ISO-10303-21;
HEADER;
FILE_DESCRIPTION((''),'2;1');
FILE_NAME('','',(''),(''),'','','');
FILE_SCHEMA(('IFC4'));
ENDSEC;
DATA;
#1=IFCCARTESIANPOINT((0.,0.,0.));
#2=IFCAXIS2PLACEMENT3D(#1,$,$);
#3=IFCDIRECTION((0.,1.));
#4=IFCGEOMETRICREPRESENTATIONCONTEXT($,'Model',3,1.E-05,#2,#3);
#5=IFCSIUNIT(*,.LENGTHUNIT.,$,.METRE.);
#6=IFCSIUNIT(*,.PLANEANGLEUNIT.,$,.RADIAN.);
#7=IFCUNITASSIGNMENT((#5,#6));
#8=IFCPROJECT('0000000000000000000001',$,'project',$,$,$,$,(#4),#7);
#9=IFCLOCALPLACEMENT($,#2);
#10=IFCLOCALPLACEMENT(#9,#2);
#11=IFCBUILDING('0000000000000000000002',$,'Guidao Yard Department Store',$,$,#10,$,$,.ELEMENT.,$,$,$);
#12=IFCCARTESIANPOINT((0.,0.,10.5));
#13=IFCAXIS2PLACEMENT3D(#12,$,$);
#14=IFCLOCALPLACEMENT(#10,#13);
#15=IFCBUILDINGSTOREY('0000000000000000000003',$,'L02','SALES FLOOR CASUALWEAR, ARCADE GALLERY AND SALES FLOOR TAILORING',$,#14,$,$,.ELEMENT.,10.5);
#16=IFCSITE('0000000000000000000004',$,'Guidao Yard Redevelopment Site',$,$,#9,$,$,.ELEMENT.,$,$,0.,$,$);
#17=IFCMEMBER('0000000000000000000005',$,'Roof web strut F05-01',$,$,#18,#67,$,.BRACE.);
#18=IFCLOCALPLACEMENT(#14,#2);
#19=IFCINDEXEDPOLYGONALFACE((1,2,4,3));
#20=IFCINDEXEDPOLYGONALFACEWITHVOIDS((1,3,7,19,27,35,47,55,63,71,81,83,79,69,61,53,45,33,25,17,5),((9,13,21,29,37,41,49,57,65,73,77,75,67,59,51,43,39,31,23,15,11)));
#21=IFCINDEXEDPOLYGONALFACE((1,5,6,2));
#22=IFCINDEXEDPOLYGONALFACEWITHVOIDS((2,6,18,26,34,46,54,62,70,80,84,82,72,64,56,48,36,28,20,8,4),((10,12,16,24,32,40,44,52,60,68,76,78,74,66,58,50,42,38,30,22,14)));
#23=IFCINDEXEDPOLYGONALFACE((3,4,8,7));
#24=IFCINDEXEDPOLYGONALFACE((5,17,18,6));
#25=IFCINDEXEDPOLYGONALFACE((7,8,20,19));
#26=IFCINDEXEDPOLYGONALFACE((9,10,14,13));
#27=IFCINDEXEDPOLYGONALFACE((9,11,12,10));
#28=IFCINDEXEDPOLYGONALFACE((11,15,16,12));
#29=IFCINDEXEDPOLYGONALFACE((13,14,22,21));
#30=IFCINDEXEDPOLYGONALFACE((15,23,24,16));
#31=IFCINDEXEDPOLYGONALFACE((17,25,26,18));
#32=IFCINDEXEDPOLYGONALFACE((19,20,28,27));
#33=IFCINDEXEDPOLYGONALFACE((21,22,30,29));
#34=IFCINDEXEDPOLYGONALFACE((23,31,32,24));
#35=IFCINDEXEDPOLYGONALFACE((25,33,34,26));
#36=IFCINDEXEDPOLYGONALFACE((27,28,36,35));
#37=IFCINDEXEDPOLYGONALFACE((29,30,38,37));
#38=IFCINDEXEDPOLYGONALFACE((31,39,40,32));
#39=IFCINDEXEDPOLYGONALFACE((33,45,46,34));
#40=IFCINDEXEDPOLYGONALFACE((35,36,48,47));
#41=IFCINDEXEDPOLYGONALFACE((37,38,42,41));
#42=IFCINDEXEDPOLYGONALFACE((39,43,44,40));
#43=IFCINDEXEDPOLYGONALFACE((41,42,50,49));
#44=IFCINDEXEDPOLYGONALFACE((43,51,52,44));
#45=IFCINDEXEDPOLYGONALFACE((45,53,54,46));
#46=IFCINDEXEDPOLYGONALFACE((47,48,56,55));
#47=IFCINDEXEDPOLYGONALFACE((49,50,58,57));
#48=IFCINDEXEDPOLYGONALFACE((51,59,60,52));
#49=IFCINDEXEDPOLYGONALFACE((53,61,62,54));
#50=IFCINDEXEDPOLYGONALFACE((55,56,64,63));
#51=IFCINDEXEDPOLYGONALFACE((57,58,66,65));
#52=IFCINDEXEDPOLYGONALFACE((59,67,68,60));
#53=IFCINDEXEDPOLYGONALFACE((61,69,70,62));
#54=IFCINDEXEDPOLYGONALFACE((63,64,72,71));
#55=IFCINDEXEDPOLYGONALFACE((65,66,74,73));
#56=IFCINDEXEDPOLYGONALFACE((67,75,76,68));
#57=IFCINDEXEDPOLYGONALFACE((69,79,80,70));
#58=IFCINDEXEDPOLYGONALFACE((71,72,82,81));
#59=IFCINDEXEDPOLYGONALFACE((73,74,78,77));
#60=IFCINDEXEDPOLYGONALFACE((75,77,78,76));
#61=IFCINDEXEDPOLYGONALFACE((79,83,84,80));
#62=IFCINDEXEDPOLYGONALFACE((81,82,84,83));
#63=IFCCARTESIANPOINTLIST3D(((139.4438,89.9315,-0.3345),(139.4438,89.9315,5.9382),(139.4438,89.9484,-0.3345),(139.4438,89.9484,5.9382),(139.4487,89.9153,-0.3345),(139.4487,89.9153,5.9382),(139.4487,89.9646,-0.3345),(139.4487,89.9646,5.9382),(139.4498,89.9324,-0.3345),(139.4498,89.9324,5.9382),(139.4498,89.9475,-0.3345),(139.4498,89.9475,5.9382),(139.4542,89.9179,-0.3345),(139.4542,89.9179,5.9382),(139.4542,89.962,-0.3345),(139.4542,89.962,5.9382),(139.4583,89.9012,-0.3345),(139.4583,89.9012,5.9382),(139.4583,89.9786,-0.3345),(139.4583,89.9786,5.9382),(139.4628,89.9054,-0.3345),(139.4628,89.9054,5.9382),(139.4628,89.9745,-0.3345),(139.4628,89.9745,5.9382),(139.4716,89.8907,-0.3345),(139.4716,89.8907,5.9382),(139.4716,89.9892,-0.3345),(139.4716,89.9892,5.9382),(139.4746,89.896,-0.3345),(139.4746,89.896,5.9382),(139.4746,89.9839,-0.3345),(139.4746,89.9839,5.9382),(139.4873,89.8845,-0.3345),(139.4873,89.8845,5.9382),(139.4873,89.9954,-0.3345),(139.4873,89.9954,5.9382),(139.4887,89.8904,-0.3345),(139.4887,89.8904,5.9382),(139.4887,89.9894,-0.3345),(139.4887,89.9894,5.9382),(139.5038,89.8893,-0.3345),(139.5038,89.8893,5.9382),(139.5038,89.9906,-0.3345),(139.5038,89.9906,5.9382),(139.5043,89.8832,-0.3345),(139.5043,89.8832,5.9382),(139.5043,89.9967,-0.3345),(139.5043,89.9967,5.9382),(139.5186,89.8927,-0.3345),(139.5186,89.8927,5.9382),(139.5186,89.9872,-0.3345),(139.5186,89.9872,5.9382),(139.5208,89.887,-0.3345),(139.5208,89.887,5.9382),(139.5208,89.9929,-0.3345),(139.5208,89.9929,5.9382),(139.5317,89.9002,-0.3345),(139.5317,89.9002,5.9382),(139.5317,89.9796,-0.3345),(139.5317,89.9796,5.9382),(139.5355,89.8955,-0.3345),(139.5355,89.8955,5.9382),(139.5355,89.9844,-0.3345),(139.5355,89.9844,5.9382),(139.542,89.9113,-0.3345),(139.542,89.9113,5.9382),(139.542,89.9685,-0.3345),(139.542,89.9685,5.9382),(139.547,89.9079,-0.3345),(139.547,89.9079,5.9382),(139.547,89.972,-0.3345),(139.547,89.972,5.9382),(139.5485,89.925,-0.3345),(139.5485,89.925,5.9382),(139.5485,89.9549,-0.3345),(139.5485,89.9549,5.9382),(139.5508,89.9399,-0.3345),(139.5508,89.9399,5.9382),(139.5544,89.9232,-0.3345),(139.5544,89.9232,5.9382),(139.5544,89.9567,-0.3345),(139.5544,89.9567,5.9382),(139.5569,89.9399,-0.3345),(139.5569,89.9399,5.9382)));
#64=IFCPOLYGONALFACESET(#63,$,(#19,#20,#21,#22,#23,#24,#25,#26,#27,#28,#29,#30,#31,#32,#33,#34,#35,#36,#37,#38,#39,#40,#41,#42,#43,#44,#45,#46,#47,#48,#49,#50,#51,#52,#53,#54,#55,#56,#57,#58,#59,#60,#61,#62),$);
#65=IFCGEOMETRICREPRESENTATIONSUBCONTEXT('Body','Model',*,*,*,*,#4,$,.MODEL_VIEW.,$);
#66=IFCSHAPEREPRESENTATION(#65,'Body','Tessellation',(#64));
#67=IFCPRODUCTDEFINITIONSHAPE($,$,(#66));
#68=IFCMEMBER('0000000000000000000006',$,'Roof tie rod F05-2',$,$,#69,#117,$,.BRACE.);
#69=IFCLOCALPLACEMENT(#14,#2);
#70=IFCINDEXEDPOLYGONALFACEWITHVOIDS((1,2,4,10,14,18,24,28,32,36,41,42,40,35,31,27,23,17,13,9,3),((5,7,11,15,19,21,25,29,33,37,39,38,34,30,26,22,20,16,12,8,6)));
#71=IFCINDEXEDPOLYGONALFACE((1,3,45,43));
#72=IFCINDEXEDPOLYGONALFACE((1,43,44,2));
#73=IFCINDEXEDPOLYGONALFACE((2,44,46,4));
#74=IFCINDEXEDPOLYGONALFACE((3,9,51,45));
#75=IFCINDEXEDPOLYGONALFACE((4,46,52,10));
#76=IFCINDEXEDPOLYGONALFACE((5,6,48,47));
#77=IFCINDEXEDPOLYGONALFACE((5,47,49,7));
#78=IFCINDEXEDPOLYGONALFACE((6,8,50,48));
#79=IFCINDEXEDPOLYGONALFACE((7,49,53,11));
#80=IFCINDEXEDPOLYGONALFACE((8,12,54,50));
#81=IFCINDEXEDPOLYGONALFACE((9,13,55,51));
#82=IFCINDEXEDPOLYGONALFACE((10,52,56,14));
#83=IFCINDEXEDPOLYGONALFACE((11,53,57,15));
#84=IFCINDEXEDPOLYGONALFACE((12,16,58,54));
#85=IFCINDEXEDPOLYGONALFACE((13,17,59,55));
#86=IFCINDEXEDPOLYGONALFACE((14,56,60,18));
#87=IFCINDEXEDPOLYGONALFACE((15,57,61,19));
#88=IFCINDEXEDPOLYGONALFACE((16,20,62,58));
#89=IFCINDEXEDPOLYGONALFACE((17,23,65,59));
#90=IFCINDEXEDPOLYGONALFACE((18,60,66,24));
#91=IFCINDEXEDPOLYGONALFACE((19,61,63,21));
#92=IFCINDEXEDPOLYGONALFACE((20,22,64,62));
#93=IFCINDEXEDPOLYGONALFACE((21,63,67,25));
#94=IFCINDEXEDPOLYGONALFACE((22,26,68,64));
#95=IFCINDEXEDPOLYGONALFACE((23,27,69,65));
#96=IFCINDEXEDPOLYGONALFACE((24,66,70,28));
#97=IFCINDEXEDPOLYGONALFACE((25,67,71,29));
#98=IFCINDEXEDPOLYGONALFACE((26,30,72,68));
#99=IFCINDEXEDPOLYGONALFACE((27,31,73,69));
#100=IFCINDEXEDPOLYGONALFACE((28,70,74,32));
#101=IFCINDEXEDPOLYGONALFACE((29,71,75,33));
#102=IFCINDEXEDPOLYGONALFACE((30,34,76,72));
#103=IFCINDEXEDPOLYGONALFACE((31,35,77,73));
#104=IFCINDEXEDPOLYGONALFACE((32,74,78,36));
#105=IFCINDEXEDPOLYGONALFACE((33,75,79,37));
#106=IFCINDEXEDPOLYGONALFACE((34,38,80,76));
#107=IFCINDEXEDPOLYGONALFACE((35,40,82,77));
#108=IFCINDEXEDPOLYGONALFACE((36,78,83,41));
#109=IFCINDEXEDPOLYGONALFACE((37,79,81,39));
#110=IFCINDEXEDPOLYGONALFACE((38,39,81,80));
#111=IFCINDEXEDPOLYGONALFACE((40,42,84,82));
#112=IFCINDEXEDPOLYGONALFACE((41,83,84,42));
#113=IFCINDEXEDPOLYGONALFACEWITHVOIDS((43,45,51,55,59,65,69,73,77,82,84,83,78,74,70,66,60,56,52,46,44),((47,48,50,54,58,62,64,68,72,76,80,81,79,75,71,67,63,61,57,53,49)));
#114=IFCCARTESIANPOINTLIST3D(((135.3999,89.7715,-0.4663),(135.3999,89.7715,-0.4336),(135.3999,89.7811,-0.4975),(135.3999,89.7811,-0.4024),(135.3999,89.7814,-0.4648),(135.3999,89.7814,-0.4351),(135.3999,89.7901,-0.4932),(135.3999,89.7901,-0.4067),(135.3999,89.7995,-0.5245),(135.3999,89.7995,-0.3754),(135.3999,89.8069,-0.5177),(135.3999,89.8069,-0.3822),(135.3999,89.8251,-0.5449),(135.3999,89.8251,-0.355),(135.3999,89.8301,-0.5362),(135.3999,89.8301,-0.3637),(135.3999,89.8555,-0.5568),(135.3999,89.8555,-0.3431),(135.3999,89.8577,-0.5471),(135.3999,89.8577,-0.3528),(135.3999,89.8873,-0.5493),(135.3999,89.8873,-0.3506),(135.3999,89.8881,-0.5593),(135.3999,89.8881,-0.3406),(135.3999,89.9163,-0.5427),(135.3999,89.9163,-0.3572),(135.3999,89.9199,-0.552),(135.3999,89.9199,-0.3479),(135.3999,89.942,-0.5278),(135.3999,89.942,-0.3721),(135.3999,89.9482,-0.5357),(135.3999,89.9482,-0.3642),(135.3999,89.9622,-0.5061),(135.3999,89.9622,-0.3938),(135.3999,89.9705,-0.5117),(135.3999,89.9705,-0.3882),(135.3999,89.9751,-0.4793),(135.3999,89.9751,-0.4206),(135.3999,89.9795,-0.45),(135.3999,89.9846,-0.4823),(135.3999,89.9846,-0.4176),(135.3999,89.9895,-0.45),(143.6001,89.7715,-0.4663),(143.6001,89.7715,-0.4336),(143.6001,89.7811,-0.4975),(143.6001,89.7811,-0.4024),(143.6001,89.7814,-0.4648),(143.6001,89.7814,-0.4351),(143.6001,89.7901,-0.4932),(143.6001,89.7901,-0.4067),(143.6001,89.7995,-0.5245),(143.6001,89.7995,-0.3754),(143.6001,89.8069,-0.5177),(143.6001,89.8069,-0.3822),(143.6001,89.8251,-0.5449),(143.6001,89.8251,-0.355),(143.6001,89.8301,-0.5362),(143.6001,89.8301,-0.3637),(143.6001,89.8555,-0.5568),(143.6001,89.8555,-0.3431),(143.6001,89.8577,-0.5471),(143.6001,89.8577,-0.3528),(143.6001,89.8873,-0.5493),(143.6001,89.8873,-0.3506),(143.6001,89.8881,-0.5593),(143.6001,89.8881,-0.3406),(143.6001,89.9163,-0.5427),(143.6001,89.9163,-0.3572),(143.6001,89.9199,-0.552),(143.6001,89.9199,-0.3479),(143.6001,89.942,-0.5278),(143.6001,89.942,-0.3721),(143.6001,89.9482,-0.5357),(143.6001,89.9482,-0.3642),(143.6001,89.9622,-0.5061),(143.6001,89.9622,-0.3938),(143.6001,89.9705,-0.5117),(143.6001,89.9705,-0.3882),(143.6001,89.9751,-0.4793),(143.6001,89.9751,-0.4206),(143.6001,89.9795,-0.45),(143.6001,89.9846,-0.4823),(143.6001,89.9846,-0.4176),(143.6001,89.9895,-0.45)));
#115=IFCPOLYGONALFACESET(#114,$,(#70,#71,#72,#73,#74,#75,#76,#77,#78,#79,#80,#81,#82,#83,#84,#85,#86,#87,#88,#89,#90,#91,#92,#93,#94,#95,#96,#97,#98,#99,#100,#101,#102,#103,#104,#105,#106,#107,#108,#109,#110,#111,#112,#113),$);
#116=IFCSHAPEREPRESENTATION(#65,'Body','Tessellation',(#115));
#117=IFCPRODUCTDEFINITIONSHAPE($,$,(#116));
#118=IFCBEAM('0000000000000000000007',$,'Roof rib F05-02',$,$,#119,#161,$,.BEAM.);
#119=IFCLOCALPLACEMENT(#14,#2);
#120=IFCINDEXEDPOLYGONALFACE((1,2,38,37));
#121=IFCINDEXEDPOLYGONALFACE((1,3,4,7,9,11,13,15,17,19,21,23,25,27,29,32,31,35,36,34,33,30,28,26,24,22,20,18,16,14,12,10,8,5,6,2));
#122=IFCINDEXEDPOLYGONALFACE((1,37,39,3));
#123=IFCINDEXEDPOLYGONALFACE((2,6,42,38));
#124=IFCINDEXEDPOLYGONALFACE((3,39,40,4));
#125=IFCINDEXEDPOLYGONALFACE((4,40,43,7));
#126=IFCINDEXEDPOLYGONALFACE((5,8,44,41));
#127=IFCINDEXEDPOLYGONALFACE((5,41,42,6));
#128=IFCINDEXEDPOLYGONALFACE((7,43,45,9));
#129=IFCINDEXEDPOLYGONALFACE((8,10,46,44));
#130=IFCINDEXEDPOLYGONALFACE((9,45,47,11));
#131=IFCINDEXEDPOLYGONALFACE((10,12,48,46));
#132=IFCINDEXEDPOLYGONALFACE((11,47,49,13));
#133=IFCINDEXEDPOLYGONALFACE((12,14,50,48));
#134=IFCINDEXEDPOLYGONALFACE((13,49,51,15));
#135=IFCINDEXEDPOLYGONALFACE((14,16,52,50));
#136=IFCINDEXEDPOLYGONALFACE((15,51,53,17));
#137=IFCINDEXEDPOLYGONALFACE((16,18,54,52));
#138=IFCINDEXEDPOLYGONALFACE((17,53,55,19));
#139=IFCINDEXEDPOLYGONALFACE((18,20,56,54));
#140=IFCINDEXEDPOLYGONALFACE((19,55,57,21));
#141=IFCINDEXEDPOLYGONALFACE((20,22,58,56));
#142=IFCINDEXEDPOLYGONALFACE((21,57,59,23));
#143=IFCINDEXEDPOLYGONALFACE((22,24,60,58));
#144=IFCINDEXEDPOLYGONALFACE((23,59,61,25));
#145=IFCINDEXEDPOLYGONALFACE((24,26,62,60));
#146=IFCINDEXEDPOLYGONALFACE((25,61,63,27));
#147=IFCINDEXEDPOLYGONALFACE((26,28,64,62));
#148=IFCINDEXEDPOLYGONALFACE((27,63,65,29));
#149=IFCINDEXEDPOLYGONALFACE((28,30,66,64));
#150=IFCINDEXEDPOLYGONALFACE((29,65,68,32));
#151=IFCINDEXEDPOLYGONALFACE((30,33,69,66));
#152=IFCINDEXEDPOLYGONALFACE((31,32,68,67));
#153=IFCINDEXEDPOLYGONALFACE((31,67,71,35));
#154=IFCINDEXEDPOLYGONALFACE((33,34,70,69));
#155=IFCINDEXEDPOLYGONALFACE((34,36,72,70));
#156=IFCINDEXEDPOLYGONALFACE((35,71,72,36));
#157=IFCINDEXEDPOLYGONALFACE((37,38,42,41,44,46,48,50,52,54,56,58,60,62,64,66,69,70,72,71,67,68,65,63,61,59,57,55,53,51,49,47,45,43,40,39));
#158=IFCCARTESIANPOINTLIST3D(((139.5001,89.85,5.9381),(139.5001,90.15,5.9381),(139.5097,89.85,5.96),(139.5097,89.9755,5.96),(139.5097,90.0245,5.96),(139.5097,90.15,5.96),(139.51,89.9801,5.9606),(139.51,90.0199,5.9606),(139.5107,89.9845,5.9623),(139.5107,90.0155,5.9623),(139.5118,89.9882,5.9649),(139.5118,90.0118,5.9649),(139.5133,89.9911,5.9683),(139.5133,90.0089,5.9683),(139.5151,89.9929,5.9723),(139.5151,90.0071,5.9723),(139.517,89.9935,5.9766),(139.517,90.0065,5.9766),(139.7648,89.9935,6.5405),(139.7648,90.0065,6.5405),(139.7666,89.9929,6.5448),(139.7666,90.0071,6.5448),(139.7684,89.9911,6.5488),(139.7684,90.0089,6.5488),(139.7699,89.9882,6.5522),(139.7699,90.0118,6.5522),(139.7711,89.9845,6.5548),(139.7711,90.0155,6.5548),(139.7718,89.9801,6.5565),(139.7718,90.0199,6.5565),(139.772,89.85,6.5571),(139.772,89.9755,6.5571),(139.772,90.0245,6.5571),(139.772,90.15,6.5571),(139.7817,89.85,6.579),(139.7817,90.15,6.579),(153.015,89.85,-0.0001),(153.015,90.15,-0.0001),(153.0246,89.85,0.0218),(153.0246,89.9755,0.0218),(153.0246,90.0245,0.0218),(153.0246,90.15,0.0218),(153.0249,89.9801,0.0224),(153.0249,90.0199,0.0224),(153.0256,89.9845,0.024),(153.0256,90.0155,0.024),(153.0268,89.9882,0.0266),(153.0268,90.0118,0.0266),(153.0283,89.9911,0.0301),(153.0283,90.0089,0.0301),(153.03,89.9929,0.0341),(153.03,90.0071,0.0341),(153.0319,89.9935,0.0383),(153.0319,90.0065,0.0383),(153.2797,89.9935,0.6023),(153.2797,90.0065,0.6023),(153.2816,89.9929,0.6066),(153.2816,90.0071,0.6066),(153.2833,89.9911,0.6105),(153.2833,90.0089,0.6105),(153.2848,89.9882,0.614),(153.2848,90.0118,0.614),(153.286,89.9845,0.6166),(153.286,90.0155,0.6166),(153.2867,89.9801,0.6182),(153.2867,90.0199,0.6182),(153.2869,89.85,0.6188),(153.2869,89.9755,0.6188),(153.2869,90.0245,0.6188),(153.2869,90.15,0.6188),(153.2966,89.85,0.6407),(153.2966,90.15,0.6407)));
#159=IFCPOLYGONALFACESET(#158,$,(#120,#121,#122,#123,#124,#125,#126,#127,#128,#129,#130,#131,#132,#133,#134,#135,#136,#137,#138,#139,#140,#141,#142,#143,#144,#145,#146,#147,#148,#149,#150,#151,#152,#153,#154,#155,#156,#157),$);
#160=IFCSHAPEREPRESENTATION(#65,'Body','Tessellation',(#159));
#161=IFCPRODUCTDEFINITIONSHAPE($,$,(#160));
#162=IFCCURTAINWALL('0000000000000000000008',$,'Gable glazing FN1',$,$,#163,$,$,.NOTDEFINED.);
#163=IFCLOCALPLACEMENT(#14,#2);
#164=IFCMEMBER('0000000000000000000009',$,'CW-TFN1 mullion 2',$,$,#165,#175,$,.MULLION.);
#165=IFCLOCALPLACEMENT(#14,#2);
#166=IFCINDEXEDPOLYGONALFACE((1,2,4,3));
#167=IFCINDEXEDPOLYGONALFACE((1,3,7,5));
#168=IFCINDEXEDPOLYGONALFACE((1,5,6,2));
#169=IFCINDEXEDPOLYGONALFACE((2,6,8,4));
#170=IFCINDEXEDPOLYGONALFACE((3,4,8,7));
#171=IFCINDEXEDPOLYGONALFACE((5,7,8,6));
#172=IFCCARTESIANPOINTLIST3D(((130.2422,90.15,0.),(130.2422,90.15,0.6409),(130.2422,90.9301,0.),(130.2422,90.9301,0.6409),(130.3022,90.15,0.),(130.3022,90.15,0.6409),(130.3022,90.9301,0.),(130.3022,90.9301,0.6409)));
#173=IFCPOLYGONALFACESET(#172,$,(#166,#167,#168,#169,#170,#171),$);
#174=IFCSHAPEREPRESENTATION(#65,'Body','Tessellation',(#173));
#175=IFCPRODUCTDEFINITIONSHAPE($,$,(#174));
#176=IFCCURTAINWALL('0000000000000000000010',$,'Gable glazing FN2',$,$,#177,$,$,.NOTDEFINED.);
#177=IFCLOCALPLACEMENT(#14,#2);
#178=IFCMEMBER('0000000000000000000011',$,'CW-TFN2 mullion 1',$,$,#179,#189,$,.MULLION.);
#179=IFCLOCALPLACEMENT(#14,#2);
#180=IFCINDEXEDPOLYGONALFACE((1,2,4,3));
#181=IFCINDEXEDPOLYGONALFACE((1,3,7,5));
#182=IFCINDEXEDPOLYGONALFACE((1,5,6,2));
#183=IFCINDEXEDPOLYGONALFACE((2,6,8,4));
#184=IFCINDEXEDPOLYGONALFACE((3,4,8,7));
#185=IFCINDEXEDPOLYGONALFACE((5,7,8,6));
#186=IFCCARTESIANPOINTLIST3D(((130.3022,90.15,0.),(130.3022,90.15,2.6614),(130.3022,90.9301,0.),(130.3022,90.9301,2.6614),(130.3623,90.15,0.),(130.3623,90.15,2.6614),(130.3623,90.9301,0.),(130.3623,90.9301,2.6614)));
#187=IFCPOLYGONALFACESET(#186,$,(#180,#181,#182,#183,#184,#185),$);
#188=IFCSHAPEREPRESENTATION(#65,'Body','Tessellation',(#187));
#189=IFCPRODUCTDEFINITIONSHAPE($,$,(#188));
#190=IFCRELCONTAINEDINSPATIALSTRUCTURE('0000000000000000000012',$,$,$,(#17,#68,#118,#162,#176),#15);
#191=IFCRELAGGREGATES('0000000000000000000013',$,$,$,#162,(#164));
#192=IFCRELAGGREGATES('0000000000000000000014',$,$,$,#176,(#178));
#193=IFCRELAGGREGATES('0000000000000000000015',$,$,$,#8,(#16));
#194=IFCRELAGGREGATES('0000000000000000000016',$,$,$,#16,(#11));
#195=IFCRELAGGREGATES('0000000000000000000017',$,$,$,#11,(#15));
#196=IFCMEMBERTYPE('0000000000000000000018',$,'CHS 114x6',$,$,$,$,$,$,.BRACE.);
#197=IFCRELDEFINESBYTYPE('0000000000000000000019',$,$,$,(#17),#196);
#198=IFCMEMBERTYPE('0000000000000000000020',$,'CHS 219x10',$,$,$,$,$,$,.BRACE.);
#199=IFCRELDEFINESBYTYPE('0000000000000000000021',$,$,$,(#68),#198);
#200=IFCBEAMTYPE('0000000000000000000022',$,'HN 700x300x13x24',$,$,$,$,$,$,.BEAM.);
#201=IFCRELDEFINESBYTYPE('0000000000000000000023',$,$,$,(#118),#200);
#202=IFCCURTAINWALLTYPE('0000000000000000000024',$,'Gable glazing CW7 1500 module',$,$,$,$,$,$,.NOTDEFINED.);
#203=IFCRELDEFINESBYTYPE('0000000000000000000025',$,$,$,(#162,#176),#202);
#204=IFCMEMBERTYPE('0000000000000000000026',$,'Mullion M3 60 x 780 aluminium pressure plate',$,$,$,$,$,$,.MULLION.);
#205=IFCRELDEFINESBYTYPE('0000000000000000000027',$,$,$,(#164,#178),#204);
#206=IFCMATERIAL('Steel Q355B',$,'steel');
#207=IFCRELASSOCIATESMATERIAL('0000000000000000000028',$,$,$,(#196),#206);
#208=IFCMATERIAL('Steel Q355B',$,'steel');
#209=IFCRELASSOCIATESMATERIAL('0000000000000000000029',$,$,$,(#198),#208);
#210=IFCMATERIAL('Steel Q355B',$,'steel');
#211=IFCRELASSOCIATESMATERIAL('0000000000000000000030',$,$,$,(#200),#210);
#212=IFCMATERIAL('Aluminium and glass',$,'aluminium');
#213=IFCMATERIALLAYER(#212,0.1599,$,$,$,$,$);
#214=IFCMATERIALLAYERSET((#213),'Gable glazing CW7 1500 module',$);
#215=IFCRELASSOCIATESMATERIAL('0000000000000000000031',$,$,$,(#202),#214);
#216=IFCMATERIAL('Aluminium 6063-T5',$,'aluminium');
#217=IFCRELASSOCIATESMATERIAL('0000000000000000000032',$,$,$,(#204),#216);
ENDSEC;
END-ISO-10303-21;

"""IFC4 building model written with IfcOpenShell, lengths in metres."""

from ifc_helpers import new_model, si_unit, direction, frame, origin, origin_2d, place, context, subcontext, project, spatial, rectangle, hollow_circle, i_section, extrude, material, layer, layer_set, material_profile, profile_set, type_object, element, aggregate, save


model = new_model("IFC4")

# Units and contexts
model_context = context("Model", 3, precision=1e-05, world=origin(), true_north=direction((0.0, 1.0)))
body_context = subcontext(model_context, "Body", "Model", "MODEL_VIEW")
ifc_project = project(units=[si_unit("LENGTHUNIT", "METRE"), si_unit("PLANEANGLEUNIT", "RADIAN")], contexts=[model_context])

# Site, building, storey
site_placement = place(None, origin())
site = spatial("IfcSite", under=ifc_project, at=site_placement, Name="Guidao Yard Redevelopment Site", CompositionType="ELEMENT", RefElevation=0.0)
building_placement = place(site_placement, origin())
building = spatial("IfcBuilding", under=site, at=building_placement, Name="Guidao Yard Department Store", CompositionType="ELEMENT")
storey_placement = place(building_placement, frame((0.0, 0.0, 10.5)))
storey = spatial("IfcBuildingStorey", under=building, at=storey_placement, Name="L02", Description="SALES FLOOR CASUALWEAR, ARCADE GALLERY AND SALES FLOOR TAILORING", CompositionType="ELEMENT", Elevation=10.5)

# Members
ifc_material_1 = material(Name="Steel Q355B", Category="steel")
ifc_material_profile_1 = material_profile(ifc_material_1, hollow_circle(Radius=0.0569, WallThickness=0.0061, at=origin_2d()), Name="CHS 114x6")
ifc_profile_set_1 = profile_set([ifc_material_profile_1], Name="Steel Q355B")
member_type_1 = type_object("IfcMemberType", Name="CHS 114x6", PredefinedType="BRACE", material=ifc_profile_set_1)
member_1_placement = place(storey_placement, frame((139.5, 89.9399, -0.3345), z_axis=(0.0, 0.0, 1.0), x_axis=(1.0, 0.0, 0.0)))
element("IfcMember", 1, at=member_1_placement, inside=storey, type_object=member_type_1, Name="Roof web strut F05-01", PredefinedType="BRACE", context=body_context, shape_type="SweptSolid", body=[
    extrude(hollow_circle(Radius=0.0569, WallThickness=0.0061, at=origin_2d()), origin(), (0.0, 0.0, 1.0), 6.2727),
])
ifc_material_2 = material(Name="Steel Q355B", Category="steel")
ifc_material_profile_2 = material_profile(ifc_material_2, hollow_circle(Radius=0.1096, WallThickness=0.01, at=origin_2d()), Name="CHS 219x10")
ifc_profile_set_2 = profile_set([ifc_material_profile_2], Name="Steel Q355B")
member_type_2 = type_object("IfcMemberType", Name="CHS 219x10", PredefinedType="BRACE", material=ifc_profile_set_2)
member_2_placement = place(storey_placement, frame((135.3999, 89.8799, -0.45), z_axis=(1.0, 0.0, 0.0), x_axis=(0.0, 1.0, 0.0)))
element("IfcMember", 2, at=member_2_placement, inside=storey, type_object=member_type_2, Name="Roof tie rod F05-2", PredefinedType="BRACE", context=body_context, shape_type="SweptSolid", body=[
    extrude(hollow_circle(Radius=0.1096, WallThickness=0.01, at=origin_2d()), origin(), (0.0, 0.0, 1.0), 8.2002),
])

# Beam
ifc_material_3 = material(Name="Steel Q355B", Category="steel")
ifc_material_profile_3 = material_profile(ifc_material_3, i_section(OverallWidth=0.3, OverallDepth=0.7, WebThickness=0.0129, FlangeThickness=0.0239, FilletRadius=0.0181, at=origin_2d()), Name="HN 700x300x13x24")
ifc_profile_set_3 = profile_set([ifc_material_profile_3], Name="Steel Q355B")
beam_type_1 = type_object("IfcBeamType", Name="HN 700x300x13x24", PredefinedType="BEAM", material=ifc_profile_set_3)
beam_1_placement = place(storey_placement, frame((139.6409, 90.0, 6.2585), z_axis=(0.915523, 0.0, -0.402266), x_axis=(0.0, 1.0, 0.0)))
element("IfcBeam", 3, at=beam_1_placement, inside=storey, type_object=beam_type_1, Name="Roof rib F05-02", PredefinedType="BEAM", context=body_context, shape_type="SweptSolid", body=[
    extrude(i_section(OverallWidth=0.3, OverallDepth=0.7, WebThickness=0.0129, FlangeThickness=0.0239, FilletRadius=0.0181, at=origin_2d()), origin(), (0.0, 0.0, 1.0), 14.762),
])

# Curtain wall, member
ifc_material_4 = material(Name="Aluminium and glass", Category="aluminium")
ifc_layer_1 = layer(ifc_material_4, 0.1599)
ifc_layer_set_1 = layer_set([ifc_layer_1], Name="Gable glazing CW7 1500 module")
curtain_wall_type = type_object("IfcCurtainWallType", Name="Gable glazing CW7 1500 module", PredefinedType="NOTDEFINED", material=ifc_layer_set_1)
curtain_wall_1_placement = place(storey_placement, origin())
curtain_wall_1 = element("IfcCurtainWall", 4, at=curtain_wall_1_placement, inside=storey, type_object=curtain_wall_type, Name="Gable glazing FN1", PredefinedType="NOTDEFINED")
ifc_material_5 = material(Name="Aluminium 6063-T5", Category="aluminium")
ifc_material_profile_4 = material_profile(ifc_material_5, rectangle(XDim=0.0601, YDim=0.78, at=origin_2d()), Name="Mullion M3 60 x 780 aluminium pressure plate")
ifc_profile_set_4 = profile_set([ifc_material_profile_4], Name="Aluminium 6063-T5")
member_type_3 = type_object("IfcMemberType", Name="Mullion M3 60 x 780 aluminium pressure plate", PredefinedType="MULLION", material=ifc_profile_set_4)
member_3_placement = place(storey_placement, frame((130.2722, 90.54, 0.0), z_axis=(0.0, 0.0, 1.0), x_axis=(1.0, 0.0, 0.0)))
member_3 = element("IfcMember", 5, at=member_3_placement, type_object=member_type_3, Name="CW-TFN1 mullion 2", PredefinedType="MULLION", context=body_context, shape_type="SweptSolid", body=[
    extrude(rectangle(XDim=0.0601, YDim=0.78, at=origin_2d()), origin(), (0.0, 0.0, 1.0), 0.6409),
])
aggregate(curtain_wall_1, [member_3])

# Curtain wall, member
curtain_wall_2_placement = place(storey_placement, origin())
curtain_wall_2 = element("IfcCurtainWall", 6, at=curtain_wall_2_placement, inside=storey, type_object=curtain_wall_type, Name="Gable glazing FN2", PredefinedType="NOTDEFINED")
member_4_placement = place(storey_placement, frame((130.3323, 90.54, 0.0), z_axis=(0.0, 0.0, 1.0), x_axis=(1.0, 0.0, 0.0)))
member_4 = element("IfcMember", 7, at=member_4_placement, type_object=member_type_3, Name="CW-TFN2 mullion 1", PredefinedType="MULLION", context=body_context, shape_type="SweptSolid", body=[
    extrude(rectangle(XDim=0.0601, YDim=0.78, at=origin_2d()), origin(), (0.0, 0.0, 1.0), 2.6614),
])

aggregate(curtain_wall_2, [member_4])

save(model, "model.ifc")
